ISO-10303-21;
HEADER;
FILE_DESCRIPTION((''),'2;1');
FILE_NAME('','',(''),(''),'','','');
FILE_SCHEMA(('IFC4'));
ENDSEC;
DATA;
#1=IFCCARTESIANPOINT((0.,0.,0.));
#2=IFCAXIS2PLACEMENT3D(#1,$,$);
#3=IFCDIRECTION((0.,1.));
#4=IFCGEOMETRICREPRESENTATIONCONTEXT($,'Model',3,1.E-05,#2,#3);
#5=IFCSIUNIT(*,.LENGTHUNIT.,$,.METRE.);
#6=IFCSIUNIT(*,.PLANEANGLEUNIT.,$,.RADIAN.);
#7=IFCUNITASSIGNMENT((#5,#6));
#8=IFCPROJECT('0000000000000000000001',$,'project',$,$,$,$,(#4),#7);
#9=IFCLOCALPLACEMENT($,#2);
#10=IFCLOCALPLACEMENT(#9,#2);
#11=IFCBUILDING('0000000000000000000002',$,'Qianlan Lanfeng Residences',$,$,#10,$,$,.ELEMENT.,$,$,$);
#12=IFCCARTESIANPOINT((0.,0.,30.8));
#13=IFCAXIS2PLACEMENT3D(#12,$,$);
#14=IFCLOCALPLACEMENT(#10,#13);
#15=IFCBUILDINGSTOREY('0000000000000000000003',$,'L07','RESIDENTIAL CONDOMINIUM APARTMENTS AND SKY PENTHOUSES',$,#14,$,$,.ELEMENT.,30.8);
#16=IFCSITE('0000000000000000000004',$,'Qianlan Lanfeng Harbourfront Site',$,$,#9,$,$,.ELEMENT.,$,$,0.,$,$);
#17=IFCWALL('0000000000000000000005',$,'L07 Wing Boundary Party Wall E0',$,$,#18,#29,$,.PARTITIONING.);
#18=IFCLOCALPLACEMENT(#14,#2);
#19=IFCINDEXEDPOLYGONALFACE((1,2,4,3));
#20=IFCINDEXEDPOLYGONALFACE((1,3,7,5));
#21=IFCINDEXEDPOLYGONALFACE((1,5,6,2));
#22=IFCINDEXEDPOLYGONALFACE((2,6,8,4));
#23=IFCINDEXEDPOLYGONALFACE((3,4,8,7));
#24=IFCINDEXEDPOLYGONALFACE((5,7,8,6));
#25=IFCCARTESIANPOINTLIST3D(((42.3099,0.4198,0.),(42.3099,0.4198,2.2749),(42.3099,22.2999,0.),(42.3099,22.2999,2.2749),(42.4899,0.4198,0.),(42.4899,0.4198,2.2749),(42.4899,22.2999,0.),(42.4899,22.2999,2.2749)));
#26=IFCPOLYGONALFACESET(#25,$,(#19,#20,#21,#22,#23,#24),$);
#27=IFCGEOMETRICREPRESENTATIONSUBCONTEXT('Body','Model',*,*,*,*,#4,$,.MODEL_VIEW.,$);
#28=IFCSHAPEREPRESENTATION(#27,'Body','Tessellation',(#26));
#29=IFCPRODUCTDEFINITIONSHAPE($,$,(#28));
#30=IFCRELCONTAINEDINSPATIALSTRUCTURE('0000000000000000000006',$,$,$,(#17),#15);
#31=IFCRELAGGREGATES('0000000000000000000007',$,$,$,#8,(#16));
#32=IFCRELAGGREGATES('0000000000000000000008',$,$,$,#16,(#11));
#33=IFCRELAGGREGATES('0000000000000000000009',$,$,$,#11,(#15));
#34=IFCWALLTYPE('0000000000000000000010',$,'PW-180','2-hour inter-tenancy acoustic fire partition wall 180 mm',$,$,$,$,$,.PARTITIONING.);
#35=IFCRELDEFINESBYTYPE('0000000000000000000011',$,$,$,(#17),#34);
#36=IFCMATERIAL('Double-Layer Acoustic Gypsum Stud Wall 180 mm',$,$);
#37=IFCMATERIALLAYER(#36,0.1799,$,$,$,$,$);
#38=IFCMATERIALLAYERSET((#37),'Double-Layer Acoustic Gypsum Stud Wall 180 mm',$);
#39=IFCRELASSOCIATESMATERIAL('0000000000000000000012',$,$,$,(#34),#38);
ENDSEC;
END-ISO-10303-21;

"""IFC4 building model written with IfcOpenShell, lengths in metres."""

from ifc_helpers import new_model, si_unit, direction, frame, frame_2d, origin, place, context, subcontext, project, spatial, rectangle, extrude, material, layer, layer_set, type_object, element, save


model = new_model("IFC4")

# Units and contexts
model_context = context("Model", 3, precision=1e-05, world=origin(), true_north=direction((0.0, 1.0)))
body_context = subcontext(model_context, "Body", "Model", "MODEL_VIEW")
ifc_project = project(units=[si_unit("LENGTHUNIT", "METRE"), si_unit("PLANEANGLEUNIT", "RADIAN")], contexts=[model_context])

# Site, building, storey
site_placement = place(None, origin())
site = spatial("IfcSite", under=ifc_project, at=site_placement, Name="Qianlan Lanfeng Harbourfront Site", CompositionType="ELEMENT", RefElevation=0.0)
building_placement = place(site_placement, origin())
building = spatial("IfcBuilding", under=site, at=building_placement, Name="Qianlan Lanfeng Residences", CompositionType="ELEMENT")
storey_placement = place(building_placement, frame((0.0, 0.0, 30.8)))
storey = spatial("IfcBuildingStorey", under=building, at=storey_placement, Name="L07", Description="RESIDENTIAL CONDOMINIUM APARTMENTS AND SKY PENTHOUSES", CompositionType="ELEMENT", Elevation=30.8)

# Wall
ifc_material_1 = material(Name="Double-Layer Acoustic Gypsum Stud Wall 180 mm")
ifc_layer_1 = layer(ifc_material_1, 0.1799)
ifc_layer_set_1 = layer_set([ifc_layer_1], Name="Double-Layer Acoustic Gypsum Stud Wall 180 mm")
wall_type_1 = type_object("IfcWallType", Name="PW-180", Description="2-hour inter-tenancy acoustic fire partition wall 180 mm", PredefinedType="PARTITIONING", material=ifc_layer_set_1)
wall_1_placement = place(storey_placement, frame((42.3999, 0.4199, 0.0), z_axis=(0.0, 0.0, 1.0), x_axis=(0.0, 1.0, 0.0)))
element("IfcWall", 1, at=wall_1_placement, inside=storey, type_object=wall_type_1, Name="L07 Wing Boundary Party Wall E0", PredefinedType="PARTITIONING", context=body_context, shape_type="SweptSolid", body=[
    extrude(rectangle(XDim=21.8801, YDim=0.1799, at=frame_2d((10.9399, 0.0))), origin(), (0.0, 0.0, 1.0), 2.2749),
])

save(model, "model.ifc")
